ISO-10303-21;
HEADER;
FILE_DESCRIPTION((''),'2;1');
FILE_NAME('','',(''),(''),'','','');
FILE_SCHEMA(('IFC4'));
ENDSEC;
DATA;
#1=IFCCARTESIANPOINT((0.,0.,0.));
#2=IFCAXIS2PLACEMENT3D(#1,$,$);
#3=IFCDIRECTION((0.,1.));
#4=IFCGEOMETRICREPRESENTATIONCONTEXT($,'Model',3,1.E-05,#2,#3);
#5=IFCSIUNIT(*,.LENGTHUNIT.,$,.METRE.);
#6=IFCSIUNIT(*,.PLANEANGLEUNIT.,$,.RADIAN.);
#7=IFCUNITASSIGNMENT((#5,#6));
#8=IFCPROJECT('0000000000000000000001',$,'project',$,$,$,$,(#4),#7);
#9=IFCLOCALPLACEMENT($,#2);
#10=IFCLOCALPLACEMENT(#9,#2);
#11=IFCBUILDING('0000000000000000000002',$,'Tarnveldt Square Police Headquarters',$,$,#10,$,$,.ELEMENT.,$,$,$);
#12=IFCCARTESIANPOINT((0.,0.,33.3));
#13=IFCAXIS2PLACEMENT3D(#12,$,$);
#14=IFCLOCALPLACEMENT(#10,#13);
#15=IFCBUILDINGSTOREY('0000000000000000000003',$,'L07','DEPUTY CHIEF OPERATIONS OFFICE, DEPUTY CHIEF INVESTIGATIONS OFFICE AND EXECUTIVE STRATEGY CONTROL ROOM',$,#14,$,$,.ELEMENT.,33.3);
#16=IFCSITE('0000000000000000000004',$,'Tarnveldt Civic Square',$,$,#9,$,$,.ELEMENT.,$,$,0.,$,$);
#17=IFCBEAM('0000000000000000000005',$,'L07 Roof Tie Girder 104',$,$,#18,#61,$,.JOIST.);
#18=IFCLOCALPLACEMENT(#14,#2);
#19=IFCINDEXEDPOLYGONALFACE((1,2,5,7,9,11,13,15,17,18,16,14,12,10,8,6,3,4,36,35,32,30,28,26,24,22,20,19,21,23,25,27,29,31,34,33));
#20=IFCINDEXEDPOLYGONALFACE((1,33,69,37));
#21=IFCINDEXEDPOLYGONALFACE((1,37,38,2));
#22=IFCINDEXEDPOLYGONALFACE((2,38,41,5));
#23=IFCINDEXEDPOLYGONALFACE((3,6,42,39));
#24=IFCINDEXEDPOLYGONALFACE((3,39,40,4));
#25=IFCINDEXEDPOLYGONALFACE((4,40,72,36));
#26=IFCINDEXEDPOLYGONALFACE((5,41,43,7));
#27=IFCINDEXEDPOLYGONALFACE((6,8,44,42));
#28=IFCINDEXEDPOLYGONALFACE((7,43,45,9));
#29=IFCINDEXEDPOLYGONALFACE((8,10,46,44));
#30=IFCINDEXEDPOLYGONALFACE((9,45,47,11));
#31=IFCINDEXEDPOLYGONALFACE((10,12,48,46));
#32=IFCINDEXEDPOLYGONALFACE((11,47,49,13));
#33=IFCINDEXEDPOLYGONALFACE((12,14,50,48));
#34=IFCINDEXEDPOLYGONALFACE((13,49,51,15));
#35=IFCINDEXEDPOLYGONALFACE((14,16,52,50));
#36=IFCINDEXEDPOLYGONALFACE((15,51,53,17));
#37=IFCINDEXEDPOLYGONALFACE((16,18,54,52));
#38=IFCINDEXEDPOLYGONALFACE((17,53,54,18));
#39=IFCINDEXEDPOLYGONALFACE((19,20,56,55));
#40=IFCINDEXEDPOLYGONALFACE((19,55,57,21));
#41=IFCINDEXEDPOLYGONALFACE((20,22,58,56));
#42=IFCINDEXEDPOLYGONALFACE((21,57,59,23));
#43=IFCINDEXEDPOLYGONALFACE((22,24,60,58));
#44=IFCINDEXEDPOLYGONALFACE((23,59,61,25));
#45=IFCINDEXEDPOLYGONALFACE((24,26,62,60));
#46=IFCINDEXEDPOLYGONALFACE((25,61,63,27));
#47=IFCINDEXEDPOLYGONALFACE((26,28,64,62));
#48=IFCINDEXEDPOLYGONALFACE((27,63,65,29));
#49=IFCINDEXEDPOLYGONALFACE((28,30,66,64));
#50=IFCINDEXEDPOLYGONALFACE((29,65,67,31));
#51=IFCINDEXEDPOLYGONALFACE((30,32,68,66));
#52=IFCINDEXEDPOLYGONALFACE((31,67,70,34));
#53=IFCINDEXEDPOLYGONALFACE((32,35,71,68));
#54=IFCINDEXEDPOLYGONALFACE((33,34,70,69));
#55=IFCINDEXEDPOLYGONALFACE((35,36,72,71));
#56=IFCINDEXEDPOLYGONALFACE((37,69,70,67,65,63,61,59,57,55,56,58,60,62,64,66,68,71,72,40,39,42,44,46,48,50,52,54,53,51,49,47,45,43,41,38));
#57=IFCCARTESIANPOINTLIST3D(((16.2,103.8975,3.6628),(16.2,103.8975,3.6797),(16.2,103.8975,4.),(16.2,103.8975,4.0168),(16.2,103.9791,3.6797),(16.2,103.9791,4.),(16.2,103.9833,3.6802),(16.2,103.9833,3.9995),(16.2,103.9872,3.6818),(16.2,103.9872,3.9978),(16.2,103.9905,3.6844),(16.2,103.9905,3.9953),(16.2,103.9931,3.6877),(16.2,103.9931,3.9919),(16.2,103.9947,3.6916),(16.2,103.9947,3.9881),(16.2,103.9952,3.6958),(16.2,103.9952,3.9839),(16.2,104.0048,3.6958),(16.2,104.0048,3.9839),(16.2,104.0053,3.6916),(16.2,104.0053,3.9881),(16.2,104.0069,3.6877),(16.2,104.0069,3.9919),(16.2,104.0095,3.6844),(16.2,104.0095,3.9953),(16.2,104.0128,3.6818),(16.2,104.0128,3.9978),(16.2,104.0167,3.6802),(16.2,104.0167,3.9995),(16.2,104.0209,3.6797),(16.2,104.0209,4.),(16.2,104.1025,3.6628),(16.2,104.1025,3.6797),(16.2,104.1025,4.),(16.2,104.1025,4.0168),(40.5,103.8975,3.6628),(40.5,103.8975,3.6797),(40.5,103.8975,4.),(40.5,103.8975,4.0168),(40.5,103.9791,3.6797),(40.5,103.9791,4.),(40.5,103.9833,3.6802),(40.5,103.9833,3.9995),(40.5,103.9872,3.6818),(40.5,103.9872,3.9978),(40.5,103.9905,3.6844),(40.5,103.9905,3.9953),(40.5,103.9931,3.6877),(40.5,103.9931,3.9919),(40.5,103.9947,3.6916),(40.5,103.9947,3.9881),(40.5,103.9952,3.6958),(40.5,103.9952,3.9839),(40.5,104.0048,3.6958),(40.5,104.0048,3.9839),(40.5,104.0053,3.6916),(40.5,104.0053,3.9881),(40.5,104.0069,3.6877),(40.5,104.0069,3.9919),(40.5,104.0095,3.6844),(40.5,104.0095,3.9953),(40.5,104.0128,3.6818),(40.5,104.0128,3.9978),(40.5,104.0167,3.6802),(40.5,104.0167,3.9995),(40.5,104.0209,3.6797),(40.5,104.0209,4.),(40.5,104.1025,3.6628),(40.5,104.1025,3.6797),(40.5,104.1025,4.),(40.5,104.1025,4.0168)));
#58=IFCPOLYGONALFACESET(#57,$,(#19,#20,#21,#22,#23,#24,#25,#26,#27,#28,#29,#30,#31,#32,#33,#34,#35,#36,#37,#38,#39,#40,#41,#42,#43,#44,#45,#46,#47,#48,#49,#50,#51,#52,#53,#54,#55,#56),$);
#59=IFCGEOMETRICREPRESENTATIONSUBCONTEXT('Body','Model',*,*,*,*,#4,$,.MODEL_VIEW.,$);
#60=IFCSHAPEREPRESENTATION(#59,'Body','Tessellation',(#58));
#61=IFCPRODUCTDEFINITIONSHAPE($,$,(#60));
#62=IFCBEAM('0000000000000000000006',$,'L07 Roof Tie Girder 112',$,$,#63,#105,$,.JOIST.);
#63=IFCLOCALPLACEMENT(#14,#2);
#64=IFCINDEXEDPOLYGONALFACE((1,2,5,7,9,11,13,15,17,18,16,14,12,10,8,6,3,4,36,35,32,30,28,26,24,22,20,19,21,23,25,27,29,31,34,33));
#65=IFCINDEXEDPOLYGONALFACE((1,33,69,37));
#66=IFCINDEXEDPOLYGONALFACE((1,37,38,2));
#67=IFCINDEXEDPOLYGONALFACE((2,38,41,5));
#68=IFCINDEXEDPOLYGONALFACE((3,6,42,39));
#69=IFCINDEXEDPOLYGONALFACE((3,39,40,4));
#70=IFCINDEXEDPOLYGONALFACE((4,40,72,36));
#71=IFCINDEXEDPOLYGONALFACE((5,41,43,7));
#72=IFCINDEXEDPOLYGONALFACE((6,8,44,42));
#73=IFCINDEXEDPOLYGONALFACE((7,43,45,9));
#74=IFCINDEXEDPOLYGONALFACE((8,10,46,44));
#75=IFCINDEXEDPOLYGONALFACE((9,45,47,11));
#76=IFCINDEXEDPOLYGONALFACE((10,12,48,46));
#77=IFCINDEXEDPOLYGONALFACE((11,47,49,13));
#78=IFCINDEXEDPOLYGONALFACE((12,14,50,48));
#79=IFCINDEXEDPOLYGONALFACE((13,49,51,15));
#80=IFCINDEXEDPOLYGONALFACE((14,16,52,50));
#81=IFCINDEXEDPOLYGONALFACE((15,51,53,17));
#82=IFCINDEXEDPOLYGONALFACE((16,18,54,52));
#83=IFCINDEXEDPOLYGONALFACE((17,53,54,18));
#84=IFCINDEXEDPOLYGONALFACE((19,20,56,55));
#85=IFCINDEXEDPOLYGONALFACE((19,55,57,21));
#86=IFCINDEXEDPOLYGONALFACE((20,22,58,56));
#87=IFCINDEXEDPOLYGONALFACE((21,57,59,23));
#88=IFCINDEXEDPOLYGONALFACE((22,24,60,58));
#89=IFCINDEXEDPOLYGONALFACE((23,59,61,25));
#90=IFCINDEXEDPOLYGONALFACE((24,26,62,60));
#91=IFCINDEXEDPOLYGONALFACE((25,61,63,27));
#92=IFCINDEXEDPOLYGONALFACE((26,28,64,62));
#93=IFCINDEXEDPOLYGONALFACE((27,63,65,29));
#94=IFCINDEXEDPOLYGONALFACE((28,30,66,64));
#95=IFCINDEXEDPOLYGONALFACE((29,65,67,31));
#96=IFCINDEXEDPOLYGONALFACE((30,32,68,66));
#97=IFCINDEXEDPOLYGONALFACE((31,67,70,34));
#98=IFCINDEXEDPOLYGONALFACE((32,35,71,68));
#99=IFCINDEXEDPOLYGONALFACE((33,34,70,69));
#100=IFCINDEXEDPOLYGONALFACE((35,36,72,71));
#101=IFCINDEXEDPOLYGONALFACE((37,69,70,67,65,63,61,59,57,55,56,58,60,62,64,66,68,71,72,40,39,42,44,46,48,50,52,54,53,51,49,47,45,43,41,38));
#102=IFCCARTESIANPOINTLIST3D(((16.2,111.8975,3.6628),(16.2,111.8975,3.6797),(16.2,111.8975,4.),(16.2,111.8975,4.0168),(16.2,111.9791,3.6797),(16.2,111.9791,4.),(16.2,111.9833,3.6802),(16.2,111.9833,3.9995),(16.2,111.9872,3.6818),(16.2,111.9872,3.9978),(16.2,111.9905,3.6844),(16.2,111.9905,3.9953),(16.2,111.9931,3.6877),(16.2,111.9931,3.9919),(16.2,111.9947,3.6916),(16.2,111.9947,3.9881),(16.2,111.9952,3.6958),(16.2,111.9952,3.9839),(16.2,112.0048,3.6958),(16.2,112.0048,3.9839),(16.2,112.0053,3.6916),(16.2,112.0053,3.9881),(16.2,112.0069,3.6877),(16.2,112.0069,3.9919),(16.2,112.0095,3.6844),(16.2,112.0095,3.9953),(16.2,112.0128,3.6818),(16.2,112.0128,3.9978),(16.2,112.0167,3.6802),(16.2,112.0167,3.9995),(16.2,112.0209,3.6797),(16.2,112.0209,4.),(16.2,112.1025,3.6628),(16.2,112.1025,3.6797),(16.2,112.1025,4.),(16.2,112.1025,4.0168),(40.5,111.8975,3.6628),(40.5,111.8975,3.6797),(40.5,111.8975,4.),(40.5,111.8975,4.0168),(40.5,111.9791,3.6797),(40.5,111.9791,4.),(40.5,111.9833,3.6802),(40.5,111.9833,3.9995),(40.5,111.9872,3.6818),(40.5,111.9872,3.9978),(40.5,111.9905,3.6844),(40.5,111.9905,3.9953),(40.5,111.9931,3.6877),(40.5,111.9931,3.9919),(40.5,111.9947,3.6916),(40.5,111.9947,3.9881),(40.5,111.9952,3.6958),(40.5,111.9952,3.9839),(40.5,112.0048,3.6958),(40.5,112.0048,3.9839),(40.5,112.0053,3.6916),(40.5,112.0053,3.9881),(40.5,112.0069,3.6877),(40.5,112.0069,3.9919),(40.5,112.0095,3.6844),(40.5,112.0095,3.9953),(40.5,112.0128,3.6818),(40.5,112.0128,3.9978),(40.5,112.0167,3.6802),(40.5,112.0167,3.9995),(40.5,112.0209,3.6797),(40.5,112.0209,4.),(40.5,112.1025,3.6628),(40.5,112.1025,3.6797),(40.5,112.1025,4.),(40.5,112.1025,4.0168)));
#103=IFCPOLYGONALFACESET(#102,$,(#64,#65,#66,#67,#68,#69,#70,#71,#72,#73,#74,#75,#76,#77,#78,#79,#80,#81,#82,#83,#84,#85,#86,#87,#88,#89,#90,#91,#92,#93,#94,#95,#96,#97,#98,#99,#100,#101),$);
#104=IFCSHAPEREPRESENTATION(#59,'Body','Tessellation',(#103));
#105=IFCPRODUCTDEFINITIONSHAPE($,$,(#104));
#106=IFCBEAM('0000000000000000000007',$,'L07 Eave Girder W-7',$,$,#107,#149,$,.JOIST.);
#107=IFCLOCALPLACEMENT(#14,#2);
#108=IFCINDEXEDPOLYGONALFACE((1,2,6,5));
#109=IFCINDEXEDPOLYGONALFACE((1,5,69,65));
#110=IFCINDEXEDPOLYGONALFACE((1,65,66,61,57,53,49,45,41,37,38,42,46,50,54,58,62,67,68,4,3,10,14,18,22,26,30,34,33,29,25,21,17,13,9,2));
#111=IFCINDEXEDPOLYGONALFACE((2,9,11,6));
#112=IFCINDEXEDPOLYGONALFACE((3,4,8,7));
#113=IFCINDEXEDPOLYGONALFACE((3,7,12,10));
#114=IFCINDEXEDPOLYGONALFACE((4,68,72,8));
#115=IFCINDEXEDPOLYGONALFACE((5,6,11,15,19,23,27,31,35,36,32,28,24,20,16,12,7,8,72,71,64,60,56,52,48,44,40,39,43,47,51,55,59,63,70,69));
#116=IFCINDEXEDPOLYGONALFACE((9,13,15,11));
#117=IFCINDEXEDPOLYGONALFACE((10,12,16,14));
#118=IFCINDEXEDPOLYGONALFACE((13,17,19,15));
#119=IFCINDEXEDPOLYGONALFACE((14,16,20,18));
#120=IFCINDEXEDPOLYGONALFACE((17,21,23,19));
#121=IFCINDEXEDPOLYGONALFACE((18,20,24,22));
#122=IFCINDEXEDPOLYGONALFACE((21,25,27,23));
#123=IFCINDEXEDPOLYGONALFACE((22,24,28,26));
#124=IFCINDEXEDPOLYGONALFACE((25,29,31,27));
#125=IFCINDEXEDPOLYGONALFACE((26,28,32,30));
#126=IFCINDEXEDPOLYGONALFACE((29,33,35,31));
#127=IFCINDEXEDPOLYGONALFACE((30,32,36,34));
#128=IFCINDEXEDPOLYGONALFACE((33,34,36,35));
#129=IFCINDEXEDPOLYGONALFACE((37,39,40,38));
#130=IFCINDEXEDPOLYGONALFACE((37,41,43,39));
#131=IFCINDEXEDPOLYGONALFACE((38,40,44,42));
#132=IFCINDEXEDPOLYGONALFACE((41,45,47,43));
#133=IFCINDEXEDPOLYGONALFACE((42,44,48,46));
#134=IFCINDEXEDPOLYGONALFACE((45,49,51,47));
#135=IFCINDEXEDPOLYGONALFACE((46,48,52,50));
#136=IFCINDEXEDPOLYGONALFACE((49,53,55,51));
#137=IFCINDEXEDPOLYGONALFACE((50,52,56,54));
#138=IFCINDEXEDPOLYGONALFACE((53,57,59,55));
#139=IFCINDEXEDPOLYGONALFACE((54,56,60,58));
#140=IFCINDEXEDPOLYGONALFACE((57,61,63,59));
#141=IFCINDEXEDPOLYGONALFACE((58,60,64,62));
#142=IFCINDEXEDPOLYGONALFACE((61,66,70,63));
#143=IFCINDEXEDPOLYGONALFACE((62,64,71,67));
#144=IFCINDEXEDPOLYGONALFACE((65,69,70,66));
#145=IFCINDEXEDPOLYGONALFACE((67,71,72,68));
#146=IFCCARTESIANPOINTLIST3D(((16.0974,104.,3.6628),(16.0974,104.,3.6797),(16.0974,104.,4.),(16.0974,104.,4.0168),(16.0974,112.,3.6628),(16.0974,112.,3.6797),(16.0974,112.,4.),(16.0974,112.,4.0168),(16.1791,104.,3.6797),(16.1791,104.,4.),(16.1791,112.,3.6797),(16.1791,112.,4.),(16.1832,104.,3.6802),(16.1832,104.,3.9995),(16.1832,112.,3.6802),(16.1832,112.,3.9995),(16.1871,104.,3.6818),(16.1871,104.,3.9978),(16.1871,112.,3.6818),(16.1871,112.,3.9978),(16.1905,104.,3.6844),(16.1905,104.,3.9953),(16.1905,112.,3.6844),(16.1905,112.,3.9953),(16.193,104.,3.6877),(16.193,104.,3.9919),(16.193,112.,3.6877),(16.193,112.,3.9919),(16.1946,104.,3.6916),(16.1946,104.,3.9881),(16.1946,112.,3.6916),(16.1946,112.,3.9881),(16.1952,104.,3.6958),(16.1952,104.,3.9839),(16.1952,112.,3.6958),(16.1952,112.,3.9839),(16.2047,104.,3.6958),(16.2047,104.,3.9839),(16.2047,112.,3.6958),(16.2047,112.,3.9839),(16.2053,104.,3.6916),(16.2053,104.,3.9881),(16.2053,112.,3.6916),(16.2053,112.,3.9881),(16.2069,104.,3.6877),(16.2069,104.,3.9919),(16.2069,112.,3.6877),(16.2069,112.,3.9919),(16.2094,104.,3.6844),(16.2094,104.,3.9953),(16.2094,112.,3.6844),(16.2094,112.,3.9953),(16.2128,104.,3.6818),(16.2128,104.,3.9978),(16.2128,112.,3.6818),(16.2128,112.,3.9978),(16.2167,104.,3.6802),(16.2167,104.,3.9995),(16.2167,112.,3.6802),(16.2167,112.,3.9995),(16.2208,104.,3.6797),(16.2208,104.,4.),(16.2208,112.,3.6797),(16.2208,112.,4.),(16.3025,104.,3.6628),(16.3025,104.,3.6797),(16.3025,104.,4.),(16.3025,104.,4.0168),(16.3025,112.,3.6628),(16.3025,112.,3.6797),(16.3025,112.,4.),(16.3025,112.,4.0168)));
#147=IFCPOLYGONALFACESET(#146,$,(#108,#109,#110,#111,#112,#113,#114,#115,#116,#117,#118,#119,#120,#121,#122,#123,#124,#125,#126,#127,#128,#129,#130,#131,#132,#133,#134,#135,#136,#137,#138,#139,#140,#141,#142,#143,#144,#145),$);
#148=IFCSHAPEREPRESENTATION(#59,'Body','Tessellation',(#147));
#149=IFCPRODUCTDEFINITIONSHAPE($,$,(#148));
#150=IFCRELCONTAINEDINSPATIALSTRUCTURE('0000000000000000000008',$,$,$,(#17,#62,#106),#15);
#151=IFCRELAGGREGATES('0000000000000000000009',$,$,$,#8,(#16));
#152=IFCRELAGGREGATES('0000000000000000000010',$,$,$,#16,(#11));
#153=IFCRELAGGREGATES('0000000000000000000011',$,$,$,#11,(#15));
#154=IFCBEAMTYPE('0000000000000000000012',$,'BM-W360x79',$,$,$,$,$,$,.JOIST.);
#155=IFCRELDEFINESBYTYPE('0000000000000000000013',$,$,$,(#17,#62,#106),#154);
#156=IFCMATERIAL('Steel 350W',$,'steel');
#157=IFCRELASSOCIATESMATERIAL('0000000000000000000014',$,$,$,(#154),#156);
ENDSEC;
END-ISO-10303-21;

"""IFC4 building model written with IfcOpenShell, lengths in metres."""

from ifc_helpers import new_model, si_unit, direction, frame, origin, origin_2d, place, context, subcontext, project, spatial, i_section, extrude, material, material_profile, profile_set, type_object, element, save


model = new_model("IFC4")

# Units and contexts
model_context = context("Model", 3, precision=1e-05, world=origin(), true_north=direction((0.0, 1.0)))
body_context = subcontext(model_context, "Body", "Model", "MODEL_VIEW")
ifc_project = project(units=[si_unit("LENGTHUNIT", "METRE"), si_unit("PLANEANGLEUNIT", "RADIAN")], contexts=[model_context])

# Site, building, storey
site_placement = place(None, origin())
site = spatial("IfcSite", under=ifc_project, at=site_placement, Name="Tarnveldt Civic Square", CompositionType="ELEMENT", RefElevation=0.0)
building_placement = place(site_placement, origin())
building = spatial("IfcBuilding", under=site, at=building_placement, Name="Tarnveldt Square Police Headquarters", CompositionType="ELEMENT")
storey_placement = place(building_placement, frame((0.0, 0.0, 33.3)))
storey = spatial("IfcBuildingStorey", under=building, at=storey_placement, Name="L07", Description="DEPUTY CHIEF OPERATIONS OFFICE, DEPUTY CHIEF INVESTIGATIONS OFFICE AND EXECUTIVE STRATEGY CONTROL ROOM", CompositionType="ELEMENT", Elevation=33.3)

# Shared definitions
ifc_material_1 = material(Name="Steel 350W", Category="steel")

# Beams
ifc_material_profile_1 = material_profile(ifc_material_1, i_section(OverallWidth=0.2051, OverallDepth=0.354, WebThickness=0.0095, FlangeThickness=0.0168, FilletRadius=0.0161, at=origin_2d()), Name="W360x79")
ifc_profile_set_1 = profile_set([ifc_material_profile_1], Name="Steel 350W")
beam_type_1 = type_object("IfcBeamType", Name="BM-W360x79", PredefinedType="JOIST", material=ifc_profile_set_1)
for number, where, z_axis, x_axis, name in (
    (1, (16.2, 104.0, 3.8398), (1.0, 0.0, 0.0), (0.0, 1.0, 0.0), "L07 Roof Tie Girder 104"),
    (2, (16.2, 112.0, 3.8398), (1.0, 0.0, 0.0), (0.0, 1.0, 0.0), "L07 Roof Tie Girder 112"),
):
    element("IfcBeam", number, at=place(storey_placement, frame(where, z_axis=z_axis, x_axis=x_axis)), inside=storey, type_object=beam_type_1, Name=name, PredefinedType="JOIST", context=body_context, shape_type="SweptSolid", body=[
        extrude(i_section(OverallWidth=0.2051, OverallDepth=0.354, WebThickness=0.0095, FlangeThickness=0.0168, FilletRadius=0.0161, at=origin_2d()), origin(), (0.0, 0.0, 1.0), 24.3),
    ])
beam_1_placement = place(storey_placement, frame((16.2, 104.0, 3.8398), z_axis=(0.0, 1.0, 0.0), x_axis=(-1.0, 0.0, 0.0)))
element("IfcBeam", 3, at=beam_1_placement, inside=storey, type_object=beam_type_1, Name="L07 Eave Girder W-7", PredefinedType="JOIST", context=body_context, shape_type="SweptSolid", body=[
    extrude(i_section(OverallWidth=0.2051, OverallDepth=0.354, WebThickness=0.0095, FlangeThickness=0.0168, FilletRadius=0.0161, at=origin_2d()), origin(), (0.0, 0.0, 1.0), 8.0),
])

save(model, "model.ifc")
